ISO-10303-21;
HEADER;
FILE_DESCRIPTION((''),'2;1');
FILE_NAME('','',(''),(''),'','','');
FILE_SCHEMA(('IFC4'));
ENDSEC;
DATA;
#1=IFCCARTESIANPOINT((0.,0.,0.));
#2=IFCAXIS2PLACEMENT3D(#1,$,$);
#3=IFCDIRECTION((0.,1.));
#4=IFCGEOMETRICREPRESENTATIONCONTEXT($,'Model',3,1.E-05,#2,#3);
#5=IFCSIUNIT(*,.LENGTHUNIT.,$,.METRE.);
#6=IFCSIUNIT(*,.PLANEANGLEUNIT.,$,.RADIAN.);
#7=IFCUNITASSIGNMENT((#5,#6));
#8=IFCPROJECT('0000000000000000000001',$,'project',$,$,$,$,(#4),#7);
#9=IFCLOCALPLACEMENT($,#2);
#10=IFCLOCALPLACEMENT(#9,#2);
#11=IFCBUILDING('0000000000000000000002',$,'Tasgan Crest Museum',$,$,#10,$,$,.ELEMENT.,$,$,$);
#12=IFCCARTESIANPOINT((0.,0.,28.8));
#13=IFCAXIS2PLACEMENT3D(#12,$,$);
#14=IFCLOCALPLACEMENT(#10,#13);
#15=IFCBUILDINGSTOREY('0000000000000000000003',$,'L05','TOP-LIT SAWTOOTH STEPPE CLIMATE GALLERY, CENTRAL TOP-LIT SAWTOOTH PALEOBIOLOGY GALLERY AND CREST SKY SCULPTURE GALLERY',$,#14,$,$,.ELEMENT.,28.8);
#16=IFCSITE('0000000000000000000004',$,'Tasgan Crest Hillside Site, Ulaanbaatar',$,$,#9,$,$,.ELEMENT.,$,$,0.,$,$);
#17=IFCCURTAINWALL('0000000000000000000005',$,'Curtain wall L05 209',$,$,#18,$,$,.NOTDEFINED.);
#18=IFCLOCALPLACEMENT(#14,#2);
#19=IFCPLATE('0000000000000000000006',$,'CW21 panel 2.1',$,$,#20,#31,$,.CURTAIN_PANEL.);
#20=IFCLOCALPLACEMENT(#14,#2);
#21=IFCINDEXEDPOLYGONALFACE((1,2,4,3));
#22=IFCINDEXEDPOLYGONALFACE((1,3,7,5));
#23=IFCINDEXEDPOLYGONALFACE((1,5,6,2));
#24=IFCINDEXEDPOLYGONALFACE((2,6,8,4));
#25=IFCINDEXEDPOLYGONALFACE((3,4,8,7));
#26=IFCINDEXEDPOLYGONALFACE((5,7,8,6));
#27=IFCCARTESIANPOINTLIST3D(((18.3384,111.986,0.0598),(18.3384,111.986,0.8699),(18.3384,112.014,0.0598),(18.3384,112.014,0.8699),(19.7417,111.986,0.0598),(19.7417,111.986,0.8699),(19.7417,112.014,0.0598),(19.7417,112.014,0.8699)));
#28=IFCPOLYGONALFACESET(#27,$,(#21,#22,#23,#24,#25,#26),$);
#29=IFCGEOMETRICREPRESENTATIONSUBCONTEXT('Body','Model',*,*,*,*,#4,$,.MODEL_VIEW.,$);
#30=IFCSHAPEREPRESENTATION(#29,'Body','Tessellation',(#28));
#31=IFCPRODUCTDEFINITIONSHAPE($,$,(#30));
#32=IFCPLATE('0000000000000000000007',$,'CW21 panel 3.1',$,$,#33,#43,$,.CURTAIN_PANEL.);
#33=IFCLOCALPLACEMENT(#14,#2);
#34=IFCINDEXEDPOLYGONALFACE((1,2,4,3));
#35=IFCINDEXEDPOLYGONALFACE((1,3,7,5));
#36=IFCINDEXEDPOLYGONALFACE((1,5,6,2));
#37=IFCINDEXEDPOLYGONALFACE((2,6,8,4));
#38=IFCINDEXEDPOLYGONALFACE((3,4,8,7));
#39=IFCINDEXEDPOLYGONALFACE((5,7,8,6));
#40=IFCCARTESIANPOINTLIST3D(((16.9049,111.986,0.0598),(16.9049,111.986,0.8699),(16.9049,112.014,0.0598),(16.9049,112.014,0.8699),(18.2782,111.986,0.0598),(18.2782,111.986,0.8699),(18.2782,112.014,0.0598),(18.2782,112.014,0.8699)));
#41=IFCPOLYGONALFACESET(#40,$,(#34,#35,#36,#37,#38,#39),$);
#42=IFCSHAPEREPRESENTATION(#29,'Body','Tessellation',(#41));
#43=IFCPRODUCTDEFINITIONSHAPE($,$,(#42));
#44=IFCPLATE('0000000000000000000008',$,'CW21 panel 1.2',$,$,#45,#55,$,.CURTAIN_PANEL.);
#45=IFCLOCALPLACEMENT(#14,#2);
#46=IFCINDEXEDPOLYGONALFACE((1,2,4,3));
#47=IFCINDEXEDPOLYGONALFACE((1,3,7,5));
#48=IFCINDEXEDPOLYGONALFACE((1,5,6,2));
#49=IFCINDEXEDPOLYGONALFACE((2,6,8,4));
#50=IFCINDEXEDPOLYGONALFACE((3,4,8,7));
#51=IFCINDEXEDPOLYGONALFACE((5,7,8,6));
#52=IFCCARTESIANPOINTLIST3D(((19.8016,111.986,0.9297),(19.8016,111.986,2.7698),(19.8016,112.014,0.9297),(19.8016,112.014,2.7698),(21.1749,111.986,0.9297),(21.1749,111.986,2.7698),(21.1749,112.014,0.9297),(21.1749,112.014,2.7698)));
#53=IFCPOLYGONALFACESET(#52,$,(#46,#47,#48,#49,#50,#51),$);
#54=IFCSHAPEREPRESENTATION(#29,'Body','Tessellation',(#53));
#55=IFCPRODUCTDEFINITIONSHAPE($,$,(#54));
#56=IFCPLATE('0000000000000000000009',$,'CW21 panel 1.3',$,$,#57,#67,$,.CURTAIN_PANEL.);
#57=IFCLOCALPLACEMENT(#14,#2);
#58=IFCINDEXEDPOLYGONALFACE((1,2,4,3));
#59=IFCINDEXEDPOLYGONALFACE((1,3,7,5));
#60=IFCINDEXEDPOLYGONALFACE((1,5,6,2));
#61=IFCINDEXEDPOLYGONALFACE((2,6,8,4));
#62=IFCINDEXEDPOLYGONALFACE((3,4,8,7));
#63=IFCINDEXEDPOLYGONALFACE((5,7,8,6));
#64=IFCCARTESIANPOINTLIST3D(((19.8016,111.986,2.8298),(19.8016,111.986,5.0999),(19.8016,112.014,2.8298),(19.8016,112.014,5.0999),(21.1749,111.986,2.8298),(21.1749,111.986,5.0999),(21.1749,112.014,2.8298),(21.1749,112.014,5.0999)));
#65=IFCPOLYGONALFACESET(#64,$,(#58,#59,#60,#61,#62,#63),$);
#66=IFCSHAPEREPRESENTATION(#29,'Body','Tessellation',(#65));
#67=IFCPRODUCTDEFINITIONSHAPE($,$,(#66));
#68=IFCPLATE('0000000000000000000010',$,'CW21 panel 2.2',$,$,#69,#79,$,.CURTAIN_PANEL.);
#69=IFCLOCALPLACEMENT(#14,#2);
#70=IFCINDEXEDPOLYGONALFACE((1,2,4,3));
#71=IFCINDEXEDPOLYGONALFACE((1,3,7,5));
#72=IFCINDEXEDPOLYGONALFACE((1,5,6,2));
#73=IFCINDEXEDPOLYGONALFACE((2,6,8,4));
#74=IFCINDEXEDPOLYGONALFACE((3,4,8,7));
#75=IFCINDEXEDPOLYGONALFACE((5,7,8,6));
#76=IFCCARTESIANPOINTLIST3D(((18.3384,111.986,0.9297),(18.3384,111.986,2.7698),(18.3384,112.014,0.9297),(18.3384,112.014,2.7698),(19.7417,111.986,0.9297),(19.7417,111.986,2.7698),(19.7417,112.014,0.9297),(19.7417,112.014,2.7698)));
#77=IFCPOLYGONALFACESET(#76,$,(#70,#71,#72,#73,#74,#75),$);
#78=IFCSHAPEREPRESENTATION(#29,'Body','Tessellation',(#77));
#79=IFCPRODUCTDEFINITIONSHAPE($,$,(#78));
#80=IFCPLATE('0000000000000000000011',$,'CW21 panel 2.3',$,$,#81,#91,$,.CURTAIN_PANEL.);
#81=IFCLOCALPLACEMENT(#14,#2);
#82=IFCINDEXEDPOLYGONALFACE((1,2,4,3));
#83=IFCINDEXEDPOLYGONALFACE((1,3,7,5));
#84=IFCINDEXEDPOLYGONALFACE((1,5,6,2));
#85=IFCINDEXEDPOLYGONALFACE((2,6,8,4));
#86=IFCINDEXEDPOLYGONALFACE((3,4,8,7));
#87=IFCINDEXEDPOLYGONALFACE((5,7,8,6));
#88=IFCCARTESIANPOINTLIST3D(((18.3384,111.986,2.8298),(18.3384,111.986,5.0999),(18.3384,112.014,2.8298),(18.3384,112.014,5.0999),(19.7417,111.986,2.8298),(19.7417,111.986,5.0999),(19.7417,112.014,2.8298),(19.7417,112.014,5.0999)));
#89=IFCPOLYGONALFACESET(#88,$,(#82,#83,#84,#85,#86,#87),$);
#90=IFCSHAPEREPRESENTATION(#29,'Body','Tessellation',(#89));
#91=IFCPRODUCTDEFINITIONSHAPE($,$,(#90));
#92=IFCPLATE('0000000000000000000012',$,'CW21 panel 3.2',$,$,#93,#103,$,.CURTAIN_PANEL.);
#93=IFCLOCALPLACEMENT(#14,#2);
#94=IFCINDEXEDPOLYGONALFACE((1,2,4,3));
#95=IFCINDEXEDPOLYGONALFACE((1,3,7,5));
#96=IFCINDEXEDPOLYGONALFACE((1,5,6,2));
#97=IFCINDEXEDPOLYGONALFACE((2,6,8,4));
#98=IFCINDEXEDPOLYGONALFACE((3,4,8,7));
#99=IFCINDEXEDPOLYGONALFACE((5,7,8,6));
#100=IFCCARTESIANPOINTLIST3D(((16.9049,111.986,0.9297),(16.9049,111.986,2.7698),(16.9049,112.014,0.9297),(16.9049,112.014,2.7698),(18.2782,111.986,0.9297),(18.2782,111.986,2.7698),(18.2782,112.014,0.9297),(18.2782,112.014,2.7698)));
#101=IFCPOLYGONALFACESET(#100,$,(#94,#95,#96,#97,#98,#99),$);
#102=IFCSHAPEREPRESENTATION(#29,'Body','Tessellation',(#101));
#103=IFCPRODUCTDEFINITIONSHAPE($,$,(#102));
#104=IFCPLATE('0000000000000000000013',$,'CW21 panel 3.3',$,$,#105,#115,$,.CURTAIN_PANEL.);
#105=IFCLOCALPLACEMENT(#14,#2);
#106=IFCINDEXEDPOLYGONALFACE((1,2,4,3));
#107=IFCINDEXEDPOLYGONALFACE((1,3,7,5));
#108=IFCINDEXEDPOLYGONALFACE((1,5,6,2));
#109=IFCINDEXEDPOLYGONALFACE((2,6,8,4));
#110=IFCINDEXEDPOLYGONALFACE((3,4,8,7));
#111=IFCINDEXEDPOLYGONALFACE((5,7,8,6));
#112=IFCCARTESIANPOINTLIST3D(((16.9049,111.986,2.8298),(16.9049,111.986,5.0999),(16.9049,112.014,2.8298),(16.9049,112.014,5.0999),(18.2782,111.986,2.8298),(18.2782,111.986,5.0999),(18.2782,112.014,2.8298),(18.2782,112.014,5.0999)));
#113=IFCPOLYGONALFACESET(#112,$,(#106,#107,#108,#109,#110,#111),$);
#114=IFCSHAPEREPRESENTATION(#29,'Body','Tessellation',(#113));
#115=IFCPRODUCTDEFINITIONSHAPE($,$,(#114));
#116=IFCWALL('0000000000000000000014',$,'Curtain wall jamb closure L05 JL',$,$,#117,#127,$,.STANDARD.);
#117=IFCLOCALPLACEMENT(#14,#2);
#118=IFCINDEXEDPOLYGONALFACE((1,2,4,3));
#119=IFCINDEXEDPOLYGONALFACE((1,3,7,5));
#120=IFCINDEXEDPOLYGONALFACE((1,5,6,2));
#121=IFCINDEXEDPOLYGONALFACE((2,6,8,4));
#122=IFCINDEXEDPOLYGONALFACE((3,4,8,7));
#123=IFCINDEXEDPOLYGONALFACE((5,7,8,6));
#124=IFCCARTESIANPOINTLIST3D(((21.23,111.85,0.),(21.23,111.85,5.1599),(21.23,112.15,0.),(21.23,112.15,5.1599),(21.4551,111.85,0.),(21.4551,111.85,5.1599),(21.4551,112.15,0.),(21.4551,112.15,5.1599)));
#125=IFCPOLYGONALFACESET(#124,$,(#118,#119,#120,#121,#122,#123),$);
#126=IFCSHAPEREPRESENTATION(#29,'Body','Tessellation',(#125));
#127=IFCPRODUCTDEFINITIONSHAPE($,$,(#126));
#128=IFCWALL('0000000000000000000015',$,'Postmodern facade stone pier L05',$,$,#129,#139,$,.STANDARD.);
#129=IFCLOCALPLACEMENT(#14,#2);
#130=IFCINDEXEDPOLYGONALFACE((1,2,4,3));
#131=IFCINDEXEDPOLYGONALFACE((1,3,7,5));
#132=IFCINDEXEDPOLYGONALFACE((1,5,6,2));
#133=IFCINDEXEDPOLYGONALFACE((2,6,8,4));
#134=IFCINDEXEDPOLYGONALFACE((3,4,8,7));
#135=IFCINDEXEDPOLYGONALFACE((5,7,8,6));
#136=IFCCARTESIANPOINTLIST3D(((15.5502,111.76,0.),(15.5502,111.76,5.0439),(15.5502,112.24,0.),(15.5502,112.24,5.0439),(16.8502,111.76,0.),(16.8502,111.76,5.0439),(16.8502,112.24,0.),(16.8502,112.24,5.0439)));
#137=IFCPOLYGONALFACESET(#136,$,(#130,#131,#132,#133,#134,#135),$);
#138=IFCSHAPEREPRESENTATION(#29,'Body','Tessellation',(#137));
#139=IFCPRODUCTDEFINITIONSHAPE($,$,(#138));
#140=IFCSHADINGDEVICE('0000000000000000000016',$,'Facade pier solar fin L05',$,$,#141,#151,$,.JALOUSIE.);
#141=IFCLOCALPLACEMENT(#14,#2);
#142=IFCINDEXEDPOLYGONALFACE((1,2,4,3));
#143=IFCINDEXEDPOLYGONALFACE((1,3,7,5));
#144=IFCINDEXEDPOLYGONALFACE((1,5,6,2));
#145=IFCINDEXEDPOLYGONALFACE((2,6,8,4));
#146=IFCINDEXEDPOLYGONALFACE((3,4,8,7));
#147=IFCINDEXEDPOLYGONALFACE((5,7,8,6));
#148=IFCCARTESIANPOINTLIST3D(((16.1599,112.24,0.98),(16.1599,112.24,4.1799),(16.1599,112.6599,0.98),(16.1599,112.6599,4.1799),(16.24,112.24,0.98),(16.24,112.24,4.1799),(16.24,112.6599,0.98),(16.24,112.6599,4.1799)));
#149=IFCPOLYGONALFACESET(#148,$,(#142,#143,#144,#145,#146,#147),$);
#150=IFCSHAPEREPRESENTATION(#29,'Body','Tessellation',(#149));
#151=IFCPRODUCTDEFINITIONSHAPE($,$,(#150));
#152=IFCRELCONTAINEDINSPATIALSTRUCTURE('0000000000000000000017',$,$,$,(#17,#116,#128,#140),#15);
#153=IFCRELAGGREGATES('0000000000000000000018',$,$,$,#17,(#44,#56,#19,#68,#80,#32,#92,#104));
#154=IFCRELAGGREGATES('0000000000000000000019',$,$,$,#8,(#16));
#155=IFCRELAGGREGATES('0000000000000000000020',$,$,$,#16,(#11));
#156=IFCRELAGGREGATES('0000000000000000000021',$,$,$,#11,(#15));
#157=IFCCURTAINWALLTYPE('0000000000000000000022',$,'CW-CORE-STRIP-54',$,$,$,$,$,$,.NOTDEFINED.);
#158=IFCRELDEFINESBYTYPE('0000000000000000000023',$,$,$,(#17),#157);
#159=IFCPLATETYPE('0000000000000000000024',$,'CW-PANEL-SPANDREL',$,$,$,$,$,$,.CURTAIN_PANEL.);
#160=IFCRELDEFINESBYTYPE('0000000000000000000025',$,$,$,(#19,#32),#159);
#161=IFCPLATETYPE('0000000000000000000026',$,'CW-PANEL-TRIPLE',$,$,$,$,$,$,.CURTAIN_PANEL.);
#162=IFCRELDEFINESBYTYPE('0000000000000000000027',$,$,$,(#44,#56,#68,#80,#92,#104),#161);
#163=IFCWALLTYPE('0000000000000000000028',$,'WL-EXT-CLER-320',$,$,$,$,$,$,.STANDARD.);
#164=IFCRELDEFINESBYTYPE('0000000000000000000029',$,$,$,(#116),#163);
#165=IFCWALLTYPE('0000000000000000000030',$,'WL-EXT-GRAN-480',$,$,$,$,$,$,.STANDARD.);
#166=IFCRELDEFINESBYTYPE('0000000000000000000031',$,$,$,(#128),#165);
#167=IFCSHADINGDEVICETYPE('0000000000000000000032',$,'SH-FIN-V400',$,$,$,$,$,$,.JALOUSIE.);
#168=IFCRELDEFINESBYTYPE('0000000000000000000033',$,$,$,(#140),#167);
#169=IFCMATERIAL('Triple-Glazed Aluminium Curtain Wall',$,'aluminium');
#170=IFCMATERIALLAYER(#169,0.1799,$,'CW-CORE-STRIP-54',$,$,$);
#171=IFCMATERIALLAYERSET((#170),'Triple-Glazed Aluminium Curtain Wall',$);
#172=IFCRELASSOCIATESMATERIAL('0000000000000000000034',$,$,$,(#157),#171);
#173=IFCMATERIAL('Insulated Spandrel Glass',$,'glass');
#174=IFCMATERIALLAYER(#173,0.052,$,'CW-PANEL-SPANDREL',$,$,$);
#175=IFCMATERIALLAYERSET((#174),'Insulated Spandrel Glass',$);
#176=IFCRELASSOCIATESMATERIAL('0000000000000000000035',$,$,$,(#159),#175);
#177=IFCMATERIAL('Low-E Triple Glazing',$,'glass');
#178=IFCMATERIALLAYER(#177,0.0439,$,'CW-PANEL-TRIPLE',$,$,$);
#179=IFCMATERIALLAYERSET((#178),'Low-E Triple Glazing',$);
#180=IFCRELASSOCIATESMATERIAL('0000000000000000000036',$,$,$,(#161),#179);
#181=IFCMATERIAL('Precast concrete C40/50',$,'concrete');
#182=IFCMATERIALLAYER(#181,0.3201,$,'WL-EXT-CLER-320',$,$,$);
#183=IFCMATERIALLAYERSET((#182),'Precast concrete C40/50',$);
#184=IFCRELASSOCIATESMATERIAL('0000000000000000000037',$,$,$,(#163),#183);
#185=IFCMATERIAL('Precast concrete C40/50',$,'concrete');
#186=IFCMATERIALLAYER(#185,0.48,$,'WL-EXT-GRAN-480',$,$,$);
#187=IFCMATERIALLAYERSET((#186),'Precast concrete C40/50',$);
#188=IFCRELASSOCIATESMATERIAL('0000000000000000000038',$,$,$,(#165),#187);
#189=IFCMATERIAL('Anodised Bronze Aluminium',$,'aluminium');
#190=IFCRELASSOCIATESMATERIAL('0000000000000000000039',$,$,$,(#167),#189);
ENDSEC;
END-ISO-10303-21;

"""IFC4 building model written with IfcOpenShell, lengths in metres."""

from ifc_helpers import new_model, si_unit, direction, frame, frame_2d, origin, origin_2d, place, context, subcontext, project, spatial, rectangle, extrude, material, layer, layer_set, type_object, element, aggregate, save


model = new_model("IFC4")

# Units and contexts
model_context = context("Model", 3, precision=1e-05, world=origin(), true_north=direction((0.0, 1.0)))
body_context = subcontext(model_context, "Body", "Model", "MODEL_VIEW")
ifc_project = project(units=[si_unit("LENGTHUNIT", "METRE"), si_unit("PLANEANGLEUNIT", "RADIAN")], contexts=[model_context])

# Site, building, storey
site_placement = place(None, origin())
site = spatial("IfcSite", under=ifc_project, at=site_placement, Name="Tasgan Crest Hillside Site, Ulaanbaatar", CompositionType="ELEMENT", RefElevation=0.0)
building_placement = place(site_placement, origin())
building = spatial("IfcBuilding", under=site, at=building_placement, Name="Tasgan Crest Museum", CompositionType="ELEMENT")
storey_placement = place(building_placement, frame((0.0, 0.0, 28.8)))
storey = spatial("IfcBuildingStorey", under=building, at=storey_placement, Name="L05", Description="TOP-LIT SAWTOOTH STEPPE CLIMATE GALLERY, CENTRAL TOP-LIT SAWTOOTH PALEOBIOLOGY GALLERY AND CREST SKY SCULPTURE GALLERY", CompositionType="ELEMENT", Elevation=28.8)

# Curtain wall
ifc_material_1 = material(Name="Triple-Glazed Aluminium Curtain Wall", Category="aluminium")
ifc_layer_1 = layer(ifc_material_1, 0.1799, Name="CW-CORE-STRIP-54")
ifc_layer_set_1 = layer_set([ifc_layer_1], Name="Triple-Glazed Aluminium Curtain Wall")
curtain_wall_type = type_object("IfcCurtainWallType", Name="CW-CORE-STRIP-54", PredefinedType="NOTDEFINED", material=ifc_layer_set_1)
curtain_wall_1_placement = place(storey_placement, origin())
curtain_wall_1 = element("IfcCurtainWall", 1, at=curtain_wall_1_placement, inside=storey, type_object=curtain_wall_type, Name="Curtain wall L05 209", PredefinedType="NOTDEFINED")

# Plates
ifc_material_2 = material(Name="Insulated Spandrel Glass", Category="glass")
ifc_layer_2 = layer(ifc_material_2, 0.052, Name="CW-PANEL-SPANDREL")
ifc_layer_set_2 = layer_set([ifc_layer_2], Name="Insulated Spandrel Glass")
plate_type_1 = type_object("IfcPlateType", Name="CW-PANEL-SPANDREL", PredefinedType="CURTAIN_PANEL", material=ifc_layer_set_2)
plate_1_placement = place(storey_placement, frame((19.04, 112.0, 0.0598), z_axis=(0.0, 0.0, 1.0), x_axis=(-1.0, 0.0, 0.0)))
plate_1 = element("IfcPlate", 2, at=plate_1_placement, type_object=plate_type_1, Name="CW21 panel 2.1", PredefinedType="CURTAIN_PANEL", context=body_context, shape_type="SweptSolid", body=[
    extrude(rectangle(XDim=1.4033, YDim=0.0281, at=origin_2d()), origin(), (0.0, 0.0, 1.0), 0.8101),
])
plate_2_placement = place(storey_placement, frame((17.5916, 112.0, 0.0598), z_axis=(0.0, 0.0, 1.0), x_axis=(-1.0, 0.0, 0.0)))
plate_2 = element("IfcPlate", 3, at=plate_2_placement, type_object=plate_type_1, Name="CW21 panel 3.1", PredefinedType="CURTAIN_PANEL", context=body_context, shape_type="SweptSolid", body=[
    extrude(rectangle(XDim=1.3733, YDim=0.0281, at=origin_2d()), origin(), (0.0, 0.0, 1.0), 0.8101),
])
ifc_material_3 = material(Name="Low-E Triple Glazing", Category="glass")
ifc_layer_3 = layer(ifc_material_3, 0.0439, Name="CW-PANEL-TRIPLE")
ifc_layer_set_3 = layer_set([ifc_layer_3], Name="Low-E Triple Glazing")
plate_type_2 = type_object("IfcPlateType", Name="CW-PANEL-TRIPLE", PredefinedType="CURTAIN_PANEL", material=ifc_layer_set_3)
plate_3_placement = place(storey_placement, frame((20.4883, 112.0, 0.9297), z_axis=(0.0, 0.0, 1.0), x_axis=(-1.0, 0.0, 0.0)))
plate_3 = element("IfcPlate", 4, at=plate_3_placement, type_object=plate_type_2, Name="CW21 panel 1.2", PredefinedType="CURTAIN_PANEL", context=body_context, shape_type="SweptSolid", body=[
    extrude(rectangle(XDim=1.3733, YDim=0.0281, at=origin_2d()), origin(), (0.0, 0.0, 1.0), 1.8401),
])
plate_4_placement = place(storey_placement, frame((20.4883, 112.0, 2.8298), z_axis=(0.0, 0.0, 1.0), x_axis=(-1.0, 0.0, 0.0)))
plate_4 = element("IfcPlate", 5, at=plate_4_placement, type_object=plate_type_2, Name="CW21 panel 1.3", PredefinedType="CURTAIN_PANEL", context=body_context, shape_type="SweptSolid", body=[
    extrude(rectangle(XDim=1.3733, YDim=0.0281, at=origin_2d()), origin(), (0.0, 0.0, 1.0), 2.27),
])
plate_5_placement = place(storey_placement, frame((19.04, 112.0, 0.9297), z_axis=(0.0, 0.0, 1.0), x_axis=(-1.0, 0.0, 0.0)))
plate_5 = element("IfcPlate", 6, at=plate_5_placement, type_object=plate_type_2, Name="CW21 panel 2.2", PredefinedType="CURTAIN_PANEL", context=body_context, shape_type="SweptSolid", body=[
    extrude(rectangle(XDim=1.4033, YDim=0.0281, at=origin_2d()), origin(), (0.0, 0.0, 1.0), 1.8401),
])
plate_6_placement = place(storey_placement, frame((19.04, 112.0, 2.8298), z_axis=(0.0, 0.0, 1.0), x_axis=(-1.0, 0.0, 0.0)))
plate_6 = element("IfcPlate", 7, at=plate_6_placement, type_object=plate_type_2, Name="CW21 panel 2.3", PredefinedType="CURTAIN_PANEL", context=body_context, shape_type="SweptSolid", body=[
    extrude(rectangle(XDim=1.4033, YDim=0.0281, at=origin_2d()), origin(), (0.0, 0.0, 1.0), 2.27),
])
plate_7_placement = place(storey_placement, frame((17.5916, 112.0, 0.9297), z_axis=(0.0, 0.0, 1.0), x_axis=(-1.0, 0.0, 0.0)))
plate_7 = element("IfcPlate", 8, at=plate_7_placement, type_object=plate_type_2, Name="CW21 panel 3.2", PredefinedType="CURTAIN_PANEL", context=body_context, shape_type="SweptSolid", body=[
    extrude(rectangle(XDim=1.3733, YDim=0.0281, at=origin_2d()), origin(), (0.0, 0.0, 1.0), 1.8401),
])
plate_8_placement = place(storey_placement, frame((17.5916, 112.0, 2.8298), z_axis=(0.0, 0.0, 1.0), x_axis=(-1.0, 0.0, 0.0)))
plate_8 = element("IfcPlate", 9, at=plate_8_placement, type_object=plate_type_2, Name="CW21 panel 3.3", PredefinedType="CURTAIN_PANEL", context=body_context, shape_type="SweptSolid", body=[
    extrude(rectangle(XDim=1.3733, YDim=0.0281, at=origin_2d()), origin(), (0.0, 0.0, 1.0), 2.27),
])
aggregate(curtain_wall_1, [plate_3, plate_4, plate_1, plate_5, plate_6, plate_2, plate_7, plate_8])

# Walls
ifc_material_4 = material(Name="Precast concrete C40/50", Category="concrete")
ifc_layer_4 = layer(ifc_material_4, 0.3201, Name="WL-EXT-CLER-320")
ifc_layer_set_4 = layer_set([ifc_layer_4], Name="Precast concrete C40/50")
wall_type_1 = type_object("IfcWallType", Name="WL-EXT-CLER-320", PredefinedType="STANDARD", material=ifc_layer_set_4)
wall_1_placement = place(storey_placement, frame((21.4551, 112.0, 0.0), z_axis=(0.0, 0.0, 1.0), x_axis=(-1.0, 0.0, 0.0)))
element("IfcWall", 10, at=wall_1_placement, inside=storey, type_object=wall_type_1, Name="Curtain wall jamb closure L05 JL", PredefinedType="STANDARD", context=body_context, shape_type="SweptSolid", body=[
    extrude(rectangle(XDim=0.2251, YDim=0.3, at=frame_2d((0.1125, 0.0))), origin(), (0.0, 0.0, 1.0), 5.1599),
])
ifc_material_5 = material(Name="Precast concrete C40/50", Category="concrete")
ifc_layer_5 = layer(ifc_material_5, 0.48, Name="WL-EXT-GRAN-480")
ifc_layer_set_5 = layer_set([ifc_layer_5], Name="Precast concrete C40/50")
wall_type_2 = type_object("IfcWallType", Name="WL-EXT-GRAN-480", PredefinedType="STANDARD", material=ifc_layer_set_5)
wall_2_placement = place(storey_placement, frame((16.8501, 112.0, 0.0), z_axis=(0.0, 0.0, 1.0), x_axis=(-1.0, 0.0, 0.0)))
element("IfcWall", 11, at=wall_2_placement, inside=storey, type_object=wall_type_2, Name="Postmodern facade stone pier L05", PredefinedType="STANDARD", context=body_context, shape_type="SweptSolid", body=[
    extrude(rectangle(XDim=1.3, YDim=0.48, at=frame_2d((0.6499, 0.0))), origin(), (0.0, 0.0, 1.0), 5.0439),
])

# Shading device
ifc_material_6 = material(Name="Anodised Bronze Aluminium", Category="aluminium")
shading_device_type = type_object("IfcShadingDeviceType", Name="SH-FIN-V400", PredefinedType="JALOUSIE", material=ifc_material_6)
shading_device_placement = place(storey_placement, frame((16.2, 112.45, 0.98), z_axis=(0.0, 0.0, 1.0), x_axis=(-1.0, 0.0, 0.0)))
element("IfcShadingDevice", 12, at=shading_device_placement, inside=storey, type_object=shading_device_type, Name="Facade pier solar fin L05", PredefinedType="JALOUSIE", context=body_context, shape_type="SweptSolid", body=[
    extrude(rectangle(XDim=0.0801, YDim=0.4199, at=origin_2d()), origin(), (0.0, 0.0, 1.0), 3.2),
])

save(model, "model.ifc")
